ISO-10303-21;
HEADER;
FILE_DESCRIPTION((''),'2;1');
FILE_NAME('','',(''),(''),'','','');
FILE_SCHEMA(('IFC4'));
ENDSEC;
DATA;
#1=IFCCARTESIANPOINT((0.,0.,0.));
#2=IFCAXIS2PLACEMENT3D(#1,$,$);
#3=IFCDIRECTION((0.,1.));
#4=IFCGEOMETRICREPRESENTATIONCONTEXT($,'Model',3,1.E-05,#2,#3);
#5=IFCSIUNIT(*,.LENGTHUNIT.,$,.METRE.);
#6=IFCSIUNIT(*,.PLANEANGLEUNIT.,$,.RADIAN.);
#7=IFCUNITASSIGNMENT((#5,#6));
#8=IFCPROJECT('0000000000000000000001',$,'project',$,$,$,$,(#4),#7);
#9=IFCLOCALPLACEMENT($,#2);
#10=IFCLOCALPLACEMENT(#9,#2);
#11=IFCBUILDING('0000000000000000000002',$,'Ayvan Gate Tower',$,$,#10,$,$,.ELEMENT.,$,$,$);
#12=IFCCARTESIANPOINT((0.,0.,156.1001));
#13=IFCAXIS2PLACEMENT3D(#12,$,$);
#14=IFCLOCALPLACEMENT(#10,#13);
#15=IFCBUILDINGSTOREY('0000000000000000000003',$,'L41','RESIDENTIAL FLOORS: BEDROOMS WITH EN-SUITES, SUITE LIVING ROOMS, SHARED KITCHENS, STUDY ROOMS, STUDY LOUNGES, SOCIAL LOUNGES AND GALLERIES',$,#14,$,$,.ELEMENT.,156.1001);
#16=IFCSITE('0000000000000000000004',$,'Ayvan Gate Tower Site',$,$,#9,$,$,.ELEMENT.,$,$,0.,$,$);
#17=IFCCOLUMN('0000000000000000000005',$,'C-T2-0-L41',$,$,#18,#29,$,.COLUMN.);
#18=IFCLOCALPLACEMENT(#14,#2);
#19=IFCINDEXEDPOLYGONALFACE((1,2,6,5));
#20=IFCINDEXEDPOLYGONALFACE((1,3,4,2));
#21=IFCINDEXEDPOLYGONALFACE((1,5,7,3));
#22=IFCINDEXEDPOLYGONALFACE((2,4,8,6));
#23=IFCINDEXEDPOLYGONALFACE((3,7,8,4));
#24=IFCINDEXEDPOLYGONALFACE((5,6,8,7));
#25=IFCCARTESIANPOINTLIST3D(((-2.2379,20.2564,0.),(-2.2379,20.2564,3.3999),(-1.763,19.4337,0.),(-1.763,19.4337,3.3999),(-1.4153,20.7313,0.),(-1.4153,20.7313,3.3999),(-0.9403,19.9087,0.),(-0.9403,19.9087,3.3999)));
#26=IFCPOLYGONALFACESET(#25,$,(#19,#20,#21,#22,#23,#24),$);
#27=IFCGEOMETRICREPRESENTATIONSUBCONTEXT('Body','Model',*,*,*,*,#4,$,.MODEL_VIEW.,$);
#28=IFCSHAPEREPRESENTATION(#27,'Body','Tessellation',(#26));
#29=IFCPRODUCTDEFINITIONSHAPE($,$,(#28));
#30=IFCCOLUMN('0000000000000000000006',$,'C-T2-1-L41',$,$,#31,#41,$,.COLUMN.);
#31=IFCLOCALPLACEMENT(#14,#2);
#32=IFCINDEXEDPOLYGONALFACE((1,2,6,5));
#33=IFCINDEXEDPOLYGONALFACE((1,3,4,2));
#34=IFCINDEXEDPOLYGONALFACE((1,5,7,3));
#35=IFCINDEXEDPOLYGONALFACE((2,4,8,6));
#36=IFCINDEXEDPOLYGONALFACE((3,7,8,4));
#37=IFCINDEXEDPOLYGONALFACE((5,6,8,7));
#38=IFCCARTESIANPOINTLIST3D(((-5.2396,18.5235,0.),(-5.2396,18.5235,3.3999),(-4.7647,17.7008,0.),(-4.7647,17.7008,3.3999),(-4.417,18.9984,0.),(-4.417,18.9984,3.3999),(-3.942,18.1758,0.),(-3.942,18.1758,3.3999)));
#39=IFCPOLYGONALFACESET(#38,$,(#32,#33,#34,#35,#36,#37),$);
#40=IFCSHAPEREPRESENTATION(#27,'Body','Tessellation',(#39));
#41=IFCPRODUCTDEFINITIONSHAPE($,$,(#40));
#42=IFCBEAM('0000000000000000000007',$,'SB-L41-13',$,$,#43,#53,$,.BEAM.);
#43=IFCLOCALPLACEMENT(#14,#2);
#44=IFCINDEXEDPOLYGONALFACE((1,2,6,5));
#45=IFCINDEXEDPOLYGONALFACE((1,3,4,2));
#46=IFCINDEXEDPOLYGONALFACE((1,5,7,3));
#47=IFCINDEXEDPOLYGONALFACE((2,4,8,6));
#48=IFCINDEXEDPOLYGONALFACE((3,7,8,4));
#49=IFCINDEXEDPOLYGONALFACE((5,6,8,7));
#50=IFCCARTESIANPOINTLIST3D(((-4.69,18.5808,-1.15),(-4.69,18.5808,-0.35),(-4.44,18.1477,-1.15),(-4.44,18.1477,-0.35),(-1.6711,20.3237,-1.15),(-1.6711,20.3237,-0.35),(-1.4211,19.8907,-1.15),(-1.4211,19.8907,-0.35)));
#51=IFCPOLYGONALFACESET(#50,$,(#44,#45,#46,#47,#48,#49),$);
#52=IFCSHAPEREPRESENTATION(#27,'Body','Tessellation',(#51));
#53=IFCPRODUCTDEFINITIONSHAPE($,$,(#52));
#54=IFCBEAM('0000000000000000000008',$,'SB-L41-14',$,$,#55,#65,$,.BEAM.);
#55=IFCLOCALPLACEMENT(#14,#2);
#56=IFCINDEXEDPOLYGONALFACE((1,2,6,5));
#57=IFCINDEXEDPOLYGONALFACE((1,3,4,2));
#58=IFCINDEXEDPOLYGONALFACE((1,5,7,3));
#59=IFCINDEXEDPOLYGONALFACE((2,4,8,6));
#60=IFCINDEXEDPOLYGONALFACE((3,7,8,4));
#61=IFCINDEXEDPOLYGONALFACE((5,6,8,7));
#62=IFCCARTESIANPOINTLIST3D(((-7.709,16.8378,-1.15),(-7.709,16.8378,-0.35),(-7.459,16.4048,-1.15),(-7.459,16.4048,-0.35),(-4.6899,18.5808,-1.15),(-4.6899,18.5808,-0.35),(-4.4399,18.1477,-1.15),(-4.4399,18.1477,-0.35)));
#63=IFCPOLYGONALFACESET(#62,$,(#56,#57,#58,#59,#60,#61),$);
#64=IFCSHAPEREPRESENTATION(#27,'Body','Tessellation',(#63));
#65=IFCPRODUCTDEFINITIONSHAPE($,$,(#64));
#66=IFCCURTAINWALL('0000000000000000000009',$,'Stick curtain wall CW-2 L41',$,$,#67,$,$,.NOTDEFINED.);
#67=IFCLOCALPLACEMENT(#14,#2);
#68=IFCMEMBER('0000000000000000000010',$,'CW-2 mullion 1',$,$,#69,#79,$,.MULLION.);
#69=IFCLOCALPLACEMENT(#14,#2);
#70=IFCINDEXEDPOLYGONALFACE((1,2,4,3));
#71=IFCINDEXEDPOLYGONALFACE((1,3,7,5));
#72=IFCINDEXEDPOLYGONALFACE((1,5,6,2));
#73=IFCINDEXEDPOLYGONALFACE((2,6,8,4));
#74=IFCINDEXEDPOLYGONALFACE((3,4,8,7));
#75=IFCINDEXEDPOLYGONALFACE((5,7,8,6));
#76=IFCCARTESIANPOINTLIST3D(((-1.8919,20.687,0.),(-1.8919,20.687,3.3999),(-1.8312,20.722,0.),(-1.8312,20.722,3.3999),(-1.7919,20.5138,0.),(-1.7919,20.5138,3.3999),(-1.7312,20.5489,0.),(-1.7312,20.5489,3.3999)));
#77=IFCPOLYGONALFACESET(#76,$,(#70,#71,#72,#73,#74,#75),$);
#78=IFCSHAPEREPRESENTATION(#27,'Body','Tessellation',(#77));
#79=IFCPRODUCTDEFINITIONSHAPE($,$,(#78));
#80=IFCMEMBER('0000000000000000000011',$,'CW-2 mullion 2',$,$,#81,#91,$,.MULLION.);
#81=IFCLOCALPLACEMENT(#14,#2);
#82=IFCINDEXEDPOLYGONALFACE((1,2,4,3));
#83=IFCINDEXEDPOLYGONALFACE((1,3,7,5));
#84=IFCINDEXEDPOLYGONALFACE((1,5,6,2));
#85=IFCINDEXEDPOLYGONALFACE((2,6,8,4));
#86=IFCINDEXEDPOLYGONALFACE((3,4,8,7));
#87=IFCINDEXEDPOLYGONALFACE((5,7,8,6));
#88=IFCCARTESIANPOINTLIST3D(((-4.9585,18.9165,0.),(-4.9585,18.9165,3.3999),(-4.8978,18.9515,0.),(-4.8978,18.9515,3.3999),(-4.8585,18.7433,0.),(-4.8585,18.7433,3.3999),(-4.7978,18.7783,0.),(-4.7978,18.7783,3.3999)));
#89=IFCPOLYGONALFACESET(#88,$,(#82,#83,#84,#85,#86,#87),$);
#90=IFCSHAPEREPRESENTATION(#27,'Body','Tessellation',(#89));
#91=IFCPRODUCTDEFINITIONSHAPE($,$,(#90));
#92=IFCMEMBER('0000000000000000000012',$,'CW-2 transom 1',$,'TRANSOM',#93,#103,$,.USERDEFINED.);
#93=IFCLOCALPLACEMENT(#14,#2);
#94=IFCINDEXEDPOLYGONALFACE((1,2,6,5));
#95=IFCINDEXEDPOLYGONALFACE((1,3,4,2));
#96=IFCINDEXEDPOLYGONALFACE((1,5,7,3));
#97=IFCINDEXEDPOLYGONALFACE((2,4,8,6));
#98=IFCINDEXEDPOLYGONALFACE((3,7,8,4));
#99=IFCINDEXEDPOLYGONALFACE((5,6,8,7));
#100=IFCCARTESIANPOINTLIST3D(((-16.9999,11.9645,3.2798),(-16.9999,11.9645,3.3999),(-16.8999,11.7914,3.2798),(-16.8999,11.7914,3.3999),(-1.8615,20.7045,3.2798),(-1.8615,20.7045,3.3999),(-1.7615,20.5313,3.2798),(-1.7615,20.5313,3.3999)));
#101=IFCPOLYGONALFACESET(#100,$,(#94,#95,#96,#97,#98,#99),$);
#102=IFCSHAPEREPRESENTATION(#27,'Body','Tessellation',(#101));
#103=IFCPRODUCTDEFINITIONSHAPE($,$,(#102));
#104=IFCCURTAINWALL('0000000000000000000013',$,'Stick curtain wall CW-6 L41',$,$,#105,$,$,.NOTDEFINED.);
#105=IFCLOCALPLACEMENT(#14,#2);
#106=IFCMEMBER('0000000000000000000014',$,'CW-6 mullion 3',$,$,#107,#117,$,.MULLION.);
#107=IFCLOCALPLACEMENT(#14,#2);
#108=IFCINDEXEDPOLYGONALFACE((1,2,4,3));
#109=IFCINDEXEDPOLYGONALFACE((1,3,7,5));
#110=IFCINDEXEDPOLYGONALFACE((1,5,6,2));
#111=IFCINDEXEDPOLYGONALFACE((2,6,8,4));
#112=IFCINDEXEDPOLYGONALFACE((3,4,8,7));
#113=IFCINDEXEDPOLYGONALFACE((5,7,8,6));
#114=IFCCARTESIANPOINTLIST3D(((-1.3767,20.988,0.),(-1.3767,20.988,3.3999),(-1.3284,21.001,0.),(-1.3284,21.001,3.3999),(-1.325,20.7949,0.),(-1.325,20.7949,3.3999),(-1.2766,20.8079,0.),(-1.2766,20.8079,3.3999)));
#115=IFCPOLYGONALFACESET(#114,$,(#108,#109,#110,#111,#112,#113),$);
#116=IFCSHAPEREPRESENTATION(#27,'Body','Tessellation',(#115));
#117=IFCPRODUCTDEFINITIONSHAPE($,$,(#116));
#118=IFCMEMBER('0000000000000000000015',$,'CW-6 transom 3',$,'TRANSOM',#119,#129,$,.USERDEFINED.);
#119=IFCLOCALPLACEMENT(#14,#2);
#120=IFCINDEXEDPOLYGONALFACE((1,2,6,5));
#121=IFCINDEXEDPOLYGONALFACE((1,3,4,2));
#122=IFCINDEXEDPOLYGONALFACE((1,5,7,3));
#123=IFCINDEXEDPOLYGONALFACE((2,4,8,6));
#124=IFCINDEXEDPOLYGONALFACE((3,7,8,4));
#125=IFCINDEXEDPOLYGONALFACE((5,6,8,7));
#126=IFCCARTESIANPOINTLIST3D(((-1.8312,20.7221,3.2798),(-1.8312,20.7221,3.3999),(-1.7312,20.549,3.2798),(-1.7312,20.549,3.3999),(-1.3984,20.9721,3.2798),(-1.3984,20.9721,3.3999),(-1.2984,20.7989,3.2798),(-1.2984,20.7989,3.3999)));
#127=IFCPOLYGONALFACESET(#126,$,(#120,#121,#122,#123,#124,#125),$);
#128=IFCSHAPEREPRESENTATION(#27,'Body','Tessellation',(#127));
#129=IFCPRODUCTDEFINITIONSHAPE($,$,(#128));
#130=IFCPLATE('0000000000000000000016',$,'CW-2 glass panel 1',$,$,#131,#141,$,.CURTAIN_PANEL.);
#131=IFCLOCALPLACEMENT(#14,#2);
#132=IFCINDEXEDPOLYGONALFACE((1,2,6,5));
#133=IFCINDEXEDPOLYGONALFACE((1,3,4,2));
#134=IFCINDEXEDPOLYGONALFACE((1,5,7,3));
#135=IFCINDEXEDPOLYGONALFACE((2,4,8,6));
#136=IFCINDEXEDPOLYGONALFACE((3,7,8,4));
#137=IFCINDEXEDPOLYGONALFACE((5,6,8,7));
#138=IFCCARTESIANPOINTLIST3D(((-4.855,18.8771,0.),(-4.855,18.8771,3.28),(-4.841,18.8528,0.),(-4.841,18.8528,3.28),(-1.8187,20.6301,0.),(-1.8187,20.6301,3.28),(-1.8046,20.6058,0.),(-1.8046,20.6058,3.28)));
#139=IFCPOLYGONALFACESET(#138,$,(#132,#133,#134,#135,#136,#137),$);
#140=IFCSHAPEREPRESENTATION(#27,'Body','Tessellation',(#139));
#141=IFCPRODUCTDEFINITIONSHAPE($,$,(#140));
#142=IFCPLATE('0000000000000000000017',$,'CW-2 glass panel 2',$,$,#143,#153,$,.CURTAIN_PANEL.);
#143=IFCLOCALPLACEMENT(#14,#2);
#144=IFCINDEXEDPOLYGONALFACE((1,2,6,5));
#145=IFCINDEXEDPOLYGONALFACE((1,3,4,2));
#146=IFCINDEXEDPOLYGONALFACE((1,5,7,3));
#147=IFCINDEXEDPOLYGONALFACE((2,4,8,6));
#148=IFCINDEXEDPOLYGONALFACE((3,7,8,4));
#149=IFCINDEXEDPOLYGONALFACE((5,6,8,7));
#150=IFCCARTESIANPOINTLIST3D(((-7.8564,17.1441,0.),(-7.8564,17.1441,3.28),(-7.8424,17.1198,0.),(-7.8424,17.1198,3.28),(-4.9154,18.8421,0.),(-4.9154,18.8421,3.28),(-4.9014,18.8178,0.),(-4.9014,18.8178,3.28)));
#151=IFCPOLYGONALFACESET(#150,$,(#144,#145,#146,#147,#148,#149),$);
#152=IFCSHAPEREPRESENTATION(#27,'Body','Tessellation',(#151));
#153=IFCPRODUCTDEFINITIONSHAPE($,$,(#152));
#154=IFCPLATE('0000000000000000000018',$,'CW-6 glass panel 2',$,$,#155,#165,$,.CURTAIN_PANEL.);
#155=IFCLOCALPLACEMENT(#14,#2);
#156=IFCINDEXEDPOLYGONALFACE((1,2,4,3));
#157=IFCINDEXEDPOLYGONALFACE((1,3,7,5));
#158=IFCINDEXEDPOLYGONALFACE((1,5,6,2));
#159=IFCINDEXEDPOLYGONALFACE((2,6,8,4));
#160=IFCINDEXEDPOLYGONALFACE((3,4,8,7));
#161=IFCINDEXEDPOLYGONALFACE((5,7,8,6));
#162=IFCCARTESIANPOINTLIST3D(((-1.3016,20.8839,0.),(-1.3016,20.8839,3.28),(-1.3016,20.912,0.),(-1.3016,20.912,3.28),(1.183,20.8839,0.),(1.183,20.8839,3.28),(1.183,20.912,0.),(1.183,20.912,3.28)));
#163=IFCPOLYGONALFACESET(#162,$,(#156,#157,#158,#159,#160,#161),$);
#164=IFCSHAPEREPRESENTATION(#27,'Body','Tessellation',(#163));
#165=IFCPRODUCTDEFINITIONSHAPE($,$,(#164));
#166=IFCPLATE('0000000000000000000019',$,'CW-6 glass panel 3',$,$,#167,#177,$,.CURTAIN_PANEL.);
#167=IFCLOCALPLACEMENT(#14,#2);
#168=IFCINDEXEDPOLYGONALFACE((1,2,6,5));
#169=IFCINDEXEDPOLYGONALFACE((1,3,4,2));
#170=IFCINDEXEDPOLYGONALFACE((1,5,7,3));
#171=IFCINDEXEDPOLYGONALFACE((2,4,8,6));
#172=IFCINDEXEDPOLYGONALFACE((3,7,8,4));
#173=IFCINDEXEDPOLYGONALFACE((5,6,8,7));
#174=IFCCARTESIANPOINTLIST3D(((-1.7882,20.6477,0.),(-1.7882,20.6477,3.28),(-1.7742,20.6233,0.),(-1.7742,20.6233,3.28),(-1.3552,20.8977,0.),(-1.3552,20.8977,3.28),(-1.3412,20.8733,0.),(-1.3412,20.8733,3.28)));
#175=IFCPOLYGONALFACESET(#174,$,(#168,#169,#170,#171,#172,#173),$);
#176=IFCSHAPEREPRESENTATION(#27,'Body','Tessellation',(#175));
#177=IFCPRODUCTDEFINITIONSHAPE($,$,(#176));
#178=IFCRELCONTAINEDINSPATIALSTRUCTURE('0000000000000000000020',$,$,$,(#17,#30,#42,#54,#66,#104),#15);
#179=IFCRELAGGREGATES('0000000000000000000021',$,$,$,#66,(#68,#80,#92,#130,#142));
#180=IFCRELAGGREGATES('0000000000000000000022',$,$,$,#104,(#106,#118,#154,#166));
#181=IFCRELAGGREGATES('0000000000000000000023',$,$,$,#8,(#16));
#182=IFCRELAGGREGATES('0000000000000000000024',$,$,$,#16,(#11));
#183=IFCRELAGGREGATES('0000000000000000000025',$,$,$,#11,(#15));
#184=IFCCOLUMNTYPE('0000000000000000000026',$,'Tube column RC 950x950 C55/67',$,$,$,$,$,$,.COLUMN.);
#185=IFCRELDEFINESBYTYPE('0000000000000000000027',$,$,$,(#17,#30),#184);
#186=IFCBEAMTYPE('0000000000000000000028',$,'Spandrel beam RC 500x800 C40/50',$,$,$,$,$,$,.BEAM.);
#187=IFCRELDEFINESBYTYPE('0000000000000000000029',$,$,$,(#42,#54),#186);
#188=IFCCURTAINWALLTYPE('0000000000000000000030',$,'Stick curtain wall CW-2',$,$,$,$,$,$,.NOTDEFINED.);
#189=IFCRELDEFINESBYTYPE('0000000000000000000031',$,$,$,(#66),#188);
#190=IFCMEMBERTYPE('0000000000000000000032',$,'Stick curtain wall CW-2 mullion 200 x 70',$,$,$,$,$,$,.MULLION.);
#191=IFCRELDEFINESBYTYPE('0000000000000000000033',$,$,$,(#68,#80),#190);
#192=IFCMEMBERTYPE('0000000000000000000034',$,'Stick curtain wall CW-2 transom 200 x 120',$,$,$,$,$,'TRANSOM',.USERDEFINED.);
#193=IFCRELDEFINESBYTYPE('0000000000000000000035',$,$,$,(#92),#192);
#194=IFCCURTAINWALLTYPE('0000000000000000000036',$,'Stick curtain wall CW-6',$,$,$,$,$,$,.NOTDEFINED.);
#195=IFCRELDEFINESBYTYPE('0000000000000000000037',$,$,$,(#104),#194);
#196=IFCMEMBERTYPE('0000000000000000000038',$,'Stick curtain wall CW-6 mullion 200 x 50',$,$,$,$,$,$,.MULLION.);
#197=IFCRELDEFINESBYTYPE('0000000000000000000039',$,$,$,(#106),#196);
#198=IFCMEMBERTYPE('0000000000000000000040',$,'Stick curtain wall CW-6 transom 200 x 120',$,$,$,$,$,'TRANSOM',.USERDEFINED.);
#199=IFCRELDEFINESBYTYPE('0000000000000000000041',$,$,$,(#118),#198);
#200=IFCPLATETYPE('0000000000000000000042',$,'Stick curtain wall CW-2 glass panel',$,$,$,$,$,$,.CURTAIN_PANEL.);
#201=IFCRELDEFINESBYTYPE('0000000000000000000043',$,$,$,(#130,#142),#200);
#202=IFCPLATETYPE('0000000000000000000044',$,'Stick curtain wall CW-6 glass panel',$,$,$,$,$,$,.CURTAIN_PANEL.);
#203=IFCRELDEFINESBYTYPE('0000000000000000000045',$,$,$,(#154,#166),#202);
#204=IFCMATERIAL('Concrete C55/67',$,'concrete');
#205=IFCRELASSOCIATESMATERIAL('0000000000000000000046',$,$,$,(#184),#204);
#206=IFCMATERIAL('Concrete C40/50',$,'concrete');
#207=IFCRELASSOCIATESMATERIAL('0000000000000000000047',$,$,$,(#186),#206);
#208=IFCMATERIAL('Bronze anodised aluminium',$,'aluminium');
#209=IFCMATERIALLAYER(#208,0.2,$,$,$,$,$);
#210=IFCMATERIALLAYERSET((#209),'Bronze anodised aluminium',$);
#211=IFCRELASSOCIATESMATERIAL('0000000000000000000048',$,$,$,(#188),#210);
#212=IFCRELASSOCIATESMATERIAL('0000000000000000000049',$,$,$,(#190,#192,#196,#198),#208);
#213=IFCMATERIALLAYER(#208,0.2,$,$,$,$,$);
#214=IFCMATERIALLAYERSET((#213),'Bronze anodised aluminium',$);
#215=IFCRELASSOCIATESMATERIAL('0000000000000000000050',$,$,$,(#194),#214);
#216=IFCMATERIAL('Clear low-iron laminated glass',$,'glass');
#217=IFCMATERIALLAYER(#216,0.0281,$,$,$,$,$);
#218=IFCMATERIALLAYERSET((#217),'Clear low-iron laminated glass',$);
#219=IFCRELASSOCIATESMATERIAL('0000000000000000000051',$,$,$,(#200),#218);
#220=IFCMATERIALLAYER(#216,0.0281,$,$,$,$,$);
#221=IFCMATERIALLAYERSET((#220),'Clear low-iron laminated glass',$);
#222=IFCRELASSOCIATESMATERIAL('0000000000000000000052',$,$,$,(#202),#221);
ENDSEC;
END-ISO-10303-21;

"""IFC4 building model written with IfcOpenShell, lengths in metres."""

from ifc_helpers import new_model, si_unit, direction, frame, origin, origin_2d, place, context, subcontext, project, spatial, rectangle, extrude, material, layer, layer_set, material_profile, profile_set, type_object, element, aggregate, save


model = new_model("IFC4")

# Units and contexts
model_context = context("Model", 3, precision=1e-05, world=origin(), true_north=direction((0.0, 1.0)))
body_context = subcontext(model_context, "Body", "Model", "MODEL_VIEW")
ifc_project = project(units=[si_unit("LENGTHUNIT", "METRE"), si_unit("PLANEANGLEUNIT", "RADIAN")], contexts=[model_context])

# Site, building, storey
site_placement = place(None, origin())
site = spatial("IfcSite", under=ifc_project, at=site_placement, Name="Ayvan Gate Tower Site", CompositionType="ELEMENT", RefElevation=0.0)
building_placement = place(site_placement, origin())
building = spatial("IfcBuilding", under=site, at=building_placement, Name="Ayvan Gate Tower", CompositionType="ELEMENT")
storey_placement = place(building_placement, frame((0.0, 0.0, 156.1001)))
storey = spatial("IfcBuildingStorey", under=building, at=storey_placement, Name="L41", Description="RESIDENTIAL FLOORS: BEDROOMS WITH EN-SUITES, SUITE LIVING ROOMS, SHARED KITCHENS, STUDY ROOMS, STUDY LOUNGES, SOCIAL LOUNGES AND GALLERIES", CompositionType="ELEMENT", Elevation=156.1001)

# Columns
ifc_material_1 = material(Name="Concrete C55/67", Category="concrete")
ifc_material_profile_1 = material_profile(ifc_material_1, rectangle(XDim=0.95, YDim=0.95, at=origin_2d()), Name="RC 950x950")
ifc_profile_set_1 = profile_set([ifc_material_profile_1], Name="Concrete C55/67")
column_type = type_object("IfcColumnType", Name="Tube column RC 950x950 C55/67", PredefinedType="COLUMN", material=ifc_profile_set_1)
for number, where, z_axis, x_axis, name in (
    (1, (-1.5891, 20.0825, 0.0), (0.0, 0.0, 1.0), (-0.5, 0.866025, 0.0), "C-T2-0-L41"),
    (2, (-4.5908, 18.3496, 0.0), (0.0, 0.0, 1.0), (-0.5, 0.866025, 0.0), "C-T2-1-L41"),
):
    element("IfcColumn", number, at=place(storey_placement, frame(where, z_axis=z_axis, x_axis=x_axis)), inside=storey, type_object=column_type, Name=name, PredefinedType="COLUMN", context=body_context, shape_type="SweptSolid", body=[
        extrude(rectangle(XDim=0.95, YDim=0.95, at=origin_2d()), origin(), (0.0, 0.0, 1.0), 3.3999),
    ])

# Beams
ifc_material_2 = material(Name="Concrete C40/50", Category="concrete")
ifc_material_profile_2 = material_profile(ifc_material_2, rectangle(XDim=0.5, YDim=0.8, at=origin_2d()), Name="RC 500x800")
ifc_profile_set_2 = profile_set([ifc_material_profile_2], Name="Concrete C40/50")
beam_type = type_object("IfcBeamType", Name="Spandrel beam RC 500x800 C40/50", PredefinedType="BEAM", material=ifc_profile_set_2)
beam_1_placement = place(storey_placement, frame((-1.5461, 20.1072, -0.75), z_axis=(-0.866023, -0.500003, 0.0), x_axis=(0.500003, -0.866023, 0.0)))
element("IfcBeam", 3, at=beam_1_placement, inside=storey, type_object=beam_type, Name="SB-L41-13", PredefinedType="BEAM", context=body_context, shape_type="SweptSolid", body=[
    extrude(rectangle(XDim=0.5, YDim=0.8, at=origin_2d()), origin(), (0.0, 0.0, 1.0), 3.4858),
])
beam_2_placement = place(storey_placement, frame((-4.5649, 18.3643, -0.75), z_axis=(-0.866041, -0.499973, 0.0), x_axis=(0.499973, -0.866041, 0.0)))
element("IfcBeam", 4, at=beam_2_placement, inside=storey, type_object=beam_type, Name="SB-L41-14", PredefinedType="BEAM", context=body_context, shape_type="SweptSolid", body=[
    extrude(rectangle(XDim=0.5, YDim=0.8, at=origin_2d()), origin(), (0.0, 0.0, 1.0), 3.4861),
])

# Curtain walls, members
ifc_material_3 = material(Name="Bronze anodised aluminium", Category="aluminium")
ifc_layer_1 = layer(ifc_material_3, 0.2)
ifc_layer_set_1 = layer_set([ifc_layer_1], Name="Bronze anodised aluminium")
curtain_wall_type_1 = type_object("IfcCurtainWallType", Name="Stick curtain wall CW-2", PredefinedType="NOTDEFINED", material=ifc_layer_set_1)
curtain_wall_1_placement = place(storey_placement, origin())
curtain_wall_1 = element("IfcCurtainWall", 5, at=curtain_wall_1_placement, inside=storey, type_object=curtain_wall_type_1, Name="Stick curtain wall CW-2 L41", PredefinedType="NOTDEFINED")
ifc_material_profile_3 = material_profile(ifc_material_3, rectangle(XDim=0.2, YDim=0.0701, at=origin_2d()), Name="Stick curtain wall CW-2 mullion 200 x 70")
ifc_profile_set_3 = profile_set([ifc_material_profile_3], Name="Bronze anodised aluminium")
member_type_1 = type_object("IfcMemberType", Name="Stick curtain wall CW-2 mullion 200 x 70", PredefinedType="MULLION", material=ifc_profile_set_3)
member_1_placement = place(storey_placement, frame((-1.8115, 20.6179, 0.0), z_axis=(0.0, 0.0, 1.0), x_axis=(-0.5, 0.866025, 0.0)))
member_1 = element("IfcMember", 6, at=member_1_placement, type_object=member_type_1, Name="CW-2 mullion 1", PredefinedType="MULLION", context=body_context, shape_type="SweptSolid", body=[
    extrude(rectangle(XDim=0.2, YDim=0.0701, at=origin_2d()), origin(), (0.0, 0.0, 1.0), 3.3999),
])
member_2_placement = place(storey_placement, frame((-4.8782, 18.8474, 0.0), z_axis=(0.0, 0.0, 1.0), x_axis=(-0.5, 0.866025, 0.0)))
member_2 = element("IfcMember", 7, at=member_2_placement, type_object=member_type_1, Name="CW-2 mullion 2", PredefinedType="MULLION", context=body_context, shape_type="SweptSolid", body=[
    extrude(rectangle(XDim=0.2, YDim=0.0701, at=origin_2d()), origin(), (0.0, 0.0, 1.0), 3.3999),
])
ifc_material_profile_4 = material_profile(ifc_material_3, rectangle(XDim=0.2, YDim=0.1201, at=origin_2d()), Name="Stick curtain wall CW-2 transom 200 x 120")
ifc_profile_set_4 = profile_set([ifc_material_profile_4], Name="Bronze anodised aluminium")
member_type_2 = type_object("IfcMemberType", Name="Stick curtain wall CW-2 transom 200 x 120", ElementType="TRANSOM", PredefinedType="USERDEFINED", material=ifc_profile_set_4)
member_3_placement = place(storey_placement, frame((-1.8115, 20.6179, 3.3398), z_axis=(-0.86603, -0.499992, 0.0), x_axis=(0.499992, -0.86603, 0.0)))
member_3 = element("IfcMember", 8, at=member_3_placement, type_object=member_type_2, Name="CW-2 transom 1", ObjectType="TRANSOM", PredefinedType="USERDEFINED", context=body_context, shape_type="SweptSolid", body=[
    extrude(rectangle(XDim=0.2, YDim=0.1201, at=origin_2d()), origin(), (0.0, 0.0, 1.0), 17.4802),
])
ifc_layer_2 = layer(ifc_material_3, 0.2)
ifc_layer_set_2 = layer_set([ifc_layer_2], Name="Bronze anodised aluminium")
curtain_wall_type_2 = type_object("IfcCurtainWallType", Name="Stick curtain wall CW-6", PredefinedType="NOTDEFINED", material=ifc_layer_set_2)
curtain_wall_2_placement = place(storey_placement, origin())
curtain_wall_2 = element("IfcCurtainWall", 9, at=curtain_wall_2_placement, inside=storey, type_object=curtain_wall_type_2, Name="Stick curtain wall CW-6 L41", PredefinedType="NOTDEFINED")
ifc_material_profile_5 = material_profile(ifc_material_3, rectangle(XDim=0.2, YDim=0.05, at=origin_2d()), Name="Stick curtain wall CW-6 mullion 200 x 50")
ifc_profile_set_5 = profile_set([ifc_material_profile_5], Name="Bronze anodised aluminium")
member_type_3 = type_object("IfcMemberType", Name="Stick curtain wall CW-6 mullion 200 x 50", PredefinedType="MULLION", material=ifc_profile_set_5)
member_4_placement = place(storey_placement, frame((-1.3267, 20.8979, 0.0), z_axis=(0.0, 0.0, 1.0), x_axis=(-0.258819, 0.965926, 0.0)))
member_4 = element("IfcMember", 10, at=member_4_placement, type_object=member_type_3, Name="CW-6 mullion 3", PredefinedType="MULLION", context=body_context, shape_type="SweptSolid", body=[
    extrude(rectangle(XDim=0.2, YDim=0.05, at=origin_2d()), origin(), (0.0, 0.0, 1.0), 3.3999),
])
ifc_material_profile_6 = material_profile(ifc_material_3, rectangle(XDim=0.2, YDim=0.1201, at=origin_2d()), Name="Stick curtain wall CW-6 transom 200 x 120")
ifc_profile_set_6 = profile_set([ifc_material_profile_6], Name="Bronze anodised aluminium")
member_type_4 = type_object("IfcMemberType", Name="Stick curtain wall CW-6 transom 200 x 120", ElementType="TRANSOM", PredefinedType="USERDEFINED", material=ifc_profile_set_6)
member_5_placement = place(storey_placement, frame((-1.3484, 20.8855, 3.3398), z_axis=(-0.86595, -0.500131, 0.0), x_axis=(0.500131, -0.86595, 0.0)))
member_5 = element("IfcMember", 11, at=member_5_placement, type_object=member_type_4, Name="CW-6 transom 3", ObjectType="TRANSOM", PredefinedType="USERDEFINED", context=body_context, shape_type="SweptSolid", body=[
    extrude(rectangle(XDim=0.2, YDim=0.1201, at=origin_2d()), origin(), (0.0, 0.0, 1.0), 0.4998),
])

# Plates
ifc_material_4 = material(Name="Clear low-iron laminated glass", Category="glass")
ifc_layer_3 = layer(ifc_material_4, 0.0281)
ifc_layer_set_3 = layer_set([ifc_layer_3], Name="Clear low-iron laminated glass")
plate_type_1 = type_object("IfcPlateType", Name="Stick curtain wall CW-2 glass panel", PredefinedType="CURTAIN_PANEL", material=ifc_layer_set_3)
plate_1_placement = place(storey_placement, frame((-3.3298, 19.7415, 0.0), z_axis=(0.0, 0.0, 1.0), x_axis=(-0.866025, -0.5, 0.0)))
plate_1 = element("IfcPlate", 12, at=plate_1_placement, type_object=plate_type_1, Name="CW-2 glass panel 1", PredefinedType="CURTAIN_PANEL", context=body_context, shape_type="SweptSolid", body=[
    extrude(rectangle(XDim=3.5061, YDim=0.0281, at=origin_2d()), origin(), (0.0, 0.0, 1.0), 3.28),
])
plate_2_placement = place(storey_placement, frame((-6.3789, 17.981, 0.0), z_axis=(0.0, 0.0, 1.0), x_axis=(-0.866025, -0.5, 0.0)))
plate_2 = element("IfcPlate", 13, at=plate_2_placement, type_object=plate_type_1, Name="CW-2 glass panel 2", PredefinedType="CURTAIN_PANEL", context=body_context, shape_type="SweptSolid", body=[
    extrude(rectangle(XDim=3.396, YDim=0.0281, at=origin_2d()), origin(), (0.0, 0.0, 1.0), 3.28),
])
aggregate(curtain_wall_1, [member_1, member_2, member_3, plate_1, plate_2])
ifc_layer_4 = layer(ifc_material_4, 0.0281)
ifc_layer_set_4 = layer_set([ifc_layer_4], Name="Clear low-iron laminated glass")
plate_type_2 = type_object("IfcPlateType", Name="Stick curtain wall CW-6 glass panel", PredefinedType="CURTAIN_PANEL", material=ifc_layer_set_4)
plate_3_placement = place(storey_placement, frame((-0.0593, 20.8979, 0.0), z_axis=(0.0, 0.0, 1.0), x_axis=(-1.0, 0.0, 0.0)))
plate_3 = element("IfcPlate", 14, at=plate_3_placement, type_object=plate_type_2, Name="CW-6 glass panel 2", PredefinedType="CURTAIN_PANEL", context=body_context, shape_type="SweptSolid", body=[
    extrude(rectangle(XDim=2.4846, YDim=0.0281, at=origin_2d()), origin(), (0.0, 0.0, 1.0), 3.28),
])
plate_4_placement = place(storey_placement, frame((-1.5647, 20.7605, 0.0), z_axis=(0.0, 0.0, 1.0), x_axis=(-0.866025, -0.5, 0.0)))
plate_4 = element("IfcPlate", 15, at=plate_4_placement, type_object=plate_type_2, Name="CW-6 glass panel 3", PredefinedType="CURTAIN_PANEL", context=body_context, shape_type="SweptSolid", body=[
    extrude(rectangle(XDim=0.5, YDim=0.0281, at=origin_2d()), origin(), (0.0, 0.0, 1.0), 3.28),
])
aggregate(curtain_wall_2, [member_4, member_5, plate_3, plate_4])

save(model, "model.ifc")
